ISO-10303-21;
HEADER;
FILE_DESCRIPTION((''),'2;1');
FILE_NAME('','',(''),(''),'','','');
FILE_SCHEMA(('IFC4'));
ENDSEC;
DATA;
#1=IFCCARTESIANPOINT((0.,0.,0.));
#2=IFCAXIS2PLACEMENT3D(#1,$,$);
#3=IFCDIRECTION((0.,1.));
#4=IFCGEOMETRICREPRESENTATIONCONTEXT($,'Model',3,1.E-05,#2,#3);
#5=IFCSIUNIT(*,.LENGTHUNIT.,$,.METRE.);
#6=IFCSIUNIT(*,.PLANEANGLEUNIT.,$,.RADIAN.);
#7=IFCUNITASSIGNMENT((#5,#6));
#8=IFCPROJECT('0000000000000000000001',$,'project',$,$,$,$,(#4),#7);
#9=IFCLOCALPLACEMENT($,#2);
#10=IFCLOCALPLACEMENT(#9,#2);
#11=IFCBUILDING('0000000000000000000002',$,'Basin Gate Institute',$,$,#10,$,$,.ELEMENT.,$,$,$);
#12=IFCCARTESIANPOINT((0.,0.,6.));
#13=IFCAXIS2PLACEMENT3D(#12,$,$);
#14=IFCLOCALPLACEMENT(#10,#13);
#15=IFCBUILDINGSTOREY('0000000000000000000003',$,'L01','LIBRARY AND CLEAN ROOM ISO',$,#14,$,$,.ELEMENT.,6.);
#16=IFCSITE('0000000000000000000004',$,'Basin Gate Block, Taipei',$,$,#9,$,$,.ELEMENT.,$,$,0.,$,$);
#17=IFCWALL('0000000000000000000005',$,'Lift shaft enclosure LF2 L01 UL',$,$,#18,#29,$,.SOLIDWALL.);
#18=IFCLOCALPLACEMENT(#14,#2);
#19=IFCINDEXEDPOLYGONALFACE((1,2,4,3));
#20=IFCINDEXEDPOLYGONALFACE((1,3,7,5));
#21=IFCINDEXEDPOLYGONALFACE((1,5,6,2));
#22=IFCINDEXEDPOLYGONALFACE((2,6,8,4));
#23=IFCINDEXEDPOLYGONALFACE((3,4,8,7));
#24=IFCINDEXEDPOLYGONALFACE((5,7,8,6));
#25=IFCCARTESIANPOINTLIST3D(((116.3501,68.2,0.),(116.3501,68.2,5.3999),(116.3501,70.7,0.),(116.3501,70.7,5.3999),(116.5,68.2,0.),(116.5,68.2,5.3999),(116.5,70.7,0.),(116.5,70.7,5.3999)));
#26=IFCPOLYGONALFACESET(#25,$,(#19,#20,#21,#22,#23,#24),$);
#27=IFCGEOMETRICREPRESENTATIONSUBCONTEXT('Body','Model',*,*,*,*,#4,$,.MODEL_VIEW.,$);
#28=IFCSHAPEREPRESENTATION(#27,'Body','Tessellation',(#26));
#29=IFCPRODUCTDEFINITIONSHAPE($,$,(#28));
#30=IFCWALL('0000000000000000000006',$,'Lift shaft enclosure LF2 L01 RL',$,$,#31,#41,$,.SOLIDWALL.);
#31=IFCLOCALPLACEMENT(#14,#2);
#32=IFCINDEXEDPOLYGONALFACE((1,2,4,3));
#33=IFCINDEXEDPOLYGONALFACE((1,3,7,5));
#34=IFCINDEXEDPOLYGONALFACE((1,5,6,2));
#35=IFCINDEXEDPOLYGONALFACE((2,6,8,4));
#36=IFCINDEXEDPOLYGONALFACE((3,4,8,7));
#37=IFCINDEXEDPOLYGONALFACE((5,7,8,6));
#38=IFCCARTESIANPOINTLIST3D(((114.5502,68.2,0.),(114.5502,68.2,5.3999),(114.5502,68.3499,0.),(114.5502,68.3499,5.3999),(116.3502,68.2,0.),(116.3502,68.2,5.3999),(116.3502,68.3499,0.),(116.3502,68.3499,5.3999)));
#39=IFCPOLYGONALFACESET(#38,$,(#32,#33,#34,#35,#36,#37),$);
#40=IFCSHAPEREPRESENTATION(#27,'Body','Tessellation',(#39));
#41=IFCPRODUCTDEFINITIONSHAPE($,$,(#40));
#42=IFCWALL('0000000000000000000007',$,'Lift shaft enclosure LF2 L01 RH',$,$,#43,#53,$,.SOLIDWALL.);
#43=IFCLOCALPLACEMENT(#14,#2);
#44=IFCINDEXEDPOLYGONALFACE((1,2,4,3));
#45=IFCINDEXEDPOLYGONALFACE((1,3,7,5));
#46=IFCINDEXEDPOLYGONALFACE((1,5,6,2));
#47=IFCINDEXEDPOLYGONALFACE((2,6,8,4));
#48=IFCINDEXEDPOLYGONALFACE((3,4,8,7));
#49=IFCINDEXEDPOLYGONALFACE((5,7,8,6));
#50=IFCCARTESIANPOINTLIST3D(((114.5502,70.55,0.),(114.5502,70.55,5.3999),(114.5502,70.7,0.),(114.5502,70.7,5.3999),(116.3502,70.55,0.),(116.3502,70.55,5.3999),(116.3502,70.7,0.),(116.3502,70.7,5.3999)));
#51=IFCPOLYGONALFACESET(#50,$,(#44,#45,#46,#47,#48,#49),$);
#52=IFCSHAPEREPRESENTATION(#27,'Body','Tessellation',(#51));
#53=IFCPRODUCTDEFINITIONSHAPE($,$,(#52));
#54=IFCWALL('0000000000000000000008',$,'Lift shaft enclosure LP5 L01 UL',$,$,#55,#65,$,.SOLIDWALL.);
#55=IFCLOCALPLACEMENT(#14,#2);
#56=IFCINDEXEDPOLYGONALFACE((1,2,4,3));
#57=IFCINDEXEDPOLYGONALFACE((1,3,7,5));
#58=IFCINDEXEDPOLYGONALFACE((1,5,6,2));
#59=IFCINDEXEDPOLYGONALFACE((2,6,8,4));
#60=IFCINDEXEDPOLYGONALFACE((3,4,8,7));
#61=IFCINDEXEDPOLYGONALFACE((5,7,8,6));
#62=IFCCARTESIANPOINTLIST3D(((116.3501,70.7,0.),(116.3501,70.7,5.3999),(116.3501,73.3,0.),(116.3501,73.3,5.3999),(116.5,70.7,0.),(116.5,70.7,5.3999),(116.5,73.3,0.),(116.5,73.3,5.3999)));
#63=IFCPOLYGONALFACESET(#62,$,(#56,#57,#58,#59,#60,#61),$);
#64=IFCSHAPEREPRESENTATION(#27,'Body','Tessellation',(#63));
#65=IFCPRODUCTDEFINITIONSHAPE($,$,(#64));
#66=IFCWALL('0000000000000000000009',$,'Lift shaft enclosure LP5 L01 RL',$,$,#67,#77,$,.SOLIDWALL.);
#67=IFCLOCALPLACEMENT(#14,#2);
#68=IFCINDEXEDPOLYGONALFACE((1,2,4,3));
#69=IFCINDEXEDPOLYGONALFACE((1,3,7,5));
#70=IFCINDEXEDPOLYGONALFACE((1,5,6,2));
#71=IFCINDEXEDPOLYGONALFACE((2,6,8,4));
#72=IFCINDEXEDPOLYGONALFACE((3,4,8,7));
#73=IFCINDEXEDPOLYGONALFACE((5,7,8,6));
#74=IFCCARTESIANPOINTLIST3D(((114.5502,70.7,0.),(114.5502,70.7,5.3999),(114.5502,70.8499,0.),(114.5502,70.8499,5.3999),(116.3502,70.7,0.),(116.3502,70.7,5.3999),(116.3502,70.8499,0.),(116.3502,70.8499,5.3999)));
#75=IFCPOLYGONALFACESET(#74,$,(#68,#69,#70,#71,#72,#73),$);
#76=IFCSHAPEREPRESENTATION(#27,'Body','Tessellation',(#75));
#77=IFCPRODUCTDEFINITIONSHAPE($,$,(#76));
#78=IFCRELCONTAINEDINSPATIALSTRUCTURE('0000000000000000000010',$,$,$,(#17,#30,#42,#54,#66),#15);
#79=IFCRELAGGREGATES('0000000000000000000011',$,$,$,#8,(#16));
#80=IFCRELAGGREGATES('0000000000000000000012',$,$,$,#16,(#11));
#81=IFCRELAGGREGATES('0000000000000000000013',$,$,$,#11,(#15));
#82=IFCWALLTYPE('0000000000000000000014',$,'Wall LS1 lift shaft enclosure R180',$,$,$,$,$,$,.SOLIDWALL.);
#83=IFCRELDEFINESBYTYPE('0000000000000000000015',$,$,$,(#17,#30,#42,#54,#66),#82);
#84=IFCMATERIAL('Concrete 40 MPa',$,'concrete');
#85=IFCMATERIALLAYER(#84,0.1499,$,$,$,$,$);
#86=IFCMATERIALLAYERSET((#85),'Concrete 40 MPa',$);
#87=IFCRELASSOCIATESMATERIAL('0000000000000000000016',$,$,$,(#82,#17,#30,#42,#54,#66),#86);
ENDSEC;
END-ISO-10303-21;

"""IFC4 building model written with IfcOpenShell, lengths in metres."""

from ifc_helpers import new_model, si_unit, direction, frame, frame_2d, origin, place, context, subcontext, project, spatial, rectangle, extrude, material, layer, layer_set, type_object, element, save


model = new_model("IFC4")

# Units and contexts
model_context = context("Model", 3, precision=1e-05, world=origin(), true_north=direction((0.0, 1.0)))
body_context = subcontext(model_context, "Body", "Model", "MODEL_VIEW")
ifc_project = project(units=[si_unit("LENGTHUNIT", "METRE"), si_unit("PLANEANGLEUNIT", "RADIAN")], contexts=[model_context])

# Site, building, storey
site_placement = place(None, origin())
site = spatial("IfcSite", under=ifc_project, at=site_placement, Name="Basin Gate Block, Taipei", CompositionType="ELEMENT", RefElevation=0.0)
building_placement = place(site_placement, origin())
building = spatial("IfcBuilding", under=site, at=building_placement, Name="Basin Gate Institute", CompositionType="ELEMENT")
storey_placement = place(building_placement, frame((0.0, 0.0, 6.0)))
storey = spatial("IfcBuildingStorey", under=building, at=storey_placement, Name="L01", Description="LIBRARY AND CLEAN ROOM ISO", CompositionType="ELEMENT", Elevation=6.0)

# Walls
ifc_material_1 = material(Name="Concrete 40 MPa", Category="concrete")
ifc_layer_1 = layer(ifc_material_1, 0.1499)
ifc_layer_set_1 = layer_set([ifc_layer_1], Name="Concrete 40 MPa")
wall_type_1 = type_object("IfcWallType", Name="Wall LS1 lift shaft enclosure R180", PredefinedType="SOLIDWALL", material=ifc_layer_set_1)
wall_1_placement = place(storey_placement, frame((116.425, 68.2, 0.0), z_axis=(0.0, 0.0, 1.0), x_axis=(0.0, 1.0, 0.0)))
element("IfcWall", 1, at=wall_1_placement, inside=storey, type_object=wall_type_1, material=ifc_layer_set_1, Name="Lift shaft enclosure LF2 L01 UL", PredefinedType="SOLIDWALL", context=body_context, shape_type="SweptSolid", body=[
    extrude(rectangle(XDim=2.5, YDim=0.1499, at=frame_2d((1.25, 0.0))), origin(), (0.0, 0.0, 1.0), 5.3999),
])
for number, where, z_axis, x_axis, name in (
    (2, (116.3501, 68.2749, 0.0), (0.0, 0.0, 1.0), (-1.0, 0.0, 0.0), "Lift shaft enclosure LF2 L01 RL"),
    (3, (116.3501, 70.625, 0.0), (0.0, 0.0, 1.0), (-1.0, 0.0, 0.0), "Lift shaft enclosure LF2 L01 RH"),
):
    element("IfcWall", number, at=place(storey_placement, frame(where, z_axis=z_axis, x_axis=x_axis)), inside=storey, type_object=wall_type_1, material=ifc_layer_set_1, Name=name, PredefinedType="SOLIDWALL", context=body_context, shape_type="SweptSolid", body=[
        extrude(rectangle(XDim=1.8, YDim=0.1499, at=frame_2d((0.8999, 0.0))), origin(), (0.0, 0.0, 1.0), 5.3999),
    ])
wall_2_placement = place(storey_placement, frame((116.425, 70.7, 0.0), z_axis=(0.0, 0.0, 1.0), x_axis=(0.0, 1.0, 0.0)))
element("IfcWall", 4, at=wall_2_placement, inside=storey, type_object=wall_type_1, material=ifc_layer_set_1, Name="Lift shaft enclosure LP5 L01 UL", PredefinedType="SOLIDWALL", context=body_context, shape_type="SweptSolid", body=[
    extrude(rectangle(XDim=2.6001, YDim=0.1499, at=frame_2d((1.3, 0.0))), origin(), (0.0, 0.0, 1.0), 5.3999),
])
wall_3_placement = place(storey_placement, frame((116.3501, 70.7749, 0.0), z_axis=(0.0, 0.0, 1.0), x_axis=(-1.0, 0.0, 0.0)))
element("IfcWall", 5, at=wall_3_placement, inside=storey, type_object=wall_type_1, material=ifc_layer_set_1, Name="Lift shaft enclosure LP5 L01 RL", PredefinedType="SOLIDWALL", context=body_context, shape_type="SweptSolid", body=[
    extrude(rectangle(XDim=1.8, YDim=0.1499, at=frame_2d((0.8999, 0.0))), origin(), (0.0, 0.0, 1.0), 5.3999),
])

save(model, "model.ifc")
